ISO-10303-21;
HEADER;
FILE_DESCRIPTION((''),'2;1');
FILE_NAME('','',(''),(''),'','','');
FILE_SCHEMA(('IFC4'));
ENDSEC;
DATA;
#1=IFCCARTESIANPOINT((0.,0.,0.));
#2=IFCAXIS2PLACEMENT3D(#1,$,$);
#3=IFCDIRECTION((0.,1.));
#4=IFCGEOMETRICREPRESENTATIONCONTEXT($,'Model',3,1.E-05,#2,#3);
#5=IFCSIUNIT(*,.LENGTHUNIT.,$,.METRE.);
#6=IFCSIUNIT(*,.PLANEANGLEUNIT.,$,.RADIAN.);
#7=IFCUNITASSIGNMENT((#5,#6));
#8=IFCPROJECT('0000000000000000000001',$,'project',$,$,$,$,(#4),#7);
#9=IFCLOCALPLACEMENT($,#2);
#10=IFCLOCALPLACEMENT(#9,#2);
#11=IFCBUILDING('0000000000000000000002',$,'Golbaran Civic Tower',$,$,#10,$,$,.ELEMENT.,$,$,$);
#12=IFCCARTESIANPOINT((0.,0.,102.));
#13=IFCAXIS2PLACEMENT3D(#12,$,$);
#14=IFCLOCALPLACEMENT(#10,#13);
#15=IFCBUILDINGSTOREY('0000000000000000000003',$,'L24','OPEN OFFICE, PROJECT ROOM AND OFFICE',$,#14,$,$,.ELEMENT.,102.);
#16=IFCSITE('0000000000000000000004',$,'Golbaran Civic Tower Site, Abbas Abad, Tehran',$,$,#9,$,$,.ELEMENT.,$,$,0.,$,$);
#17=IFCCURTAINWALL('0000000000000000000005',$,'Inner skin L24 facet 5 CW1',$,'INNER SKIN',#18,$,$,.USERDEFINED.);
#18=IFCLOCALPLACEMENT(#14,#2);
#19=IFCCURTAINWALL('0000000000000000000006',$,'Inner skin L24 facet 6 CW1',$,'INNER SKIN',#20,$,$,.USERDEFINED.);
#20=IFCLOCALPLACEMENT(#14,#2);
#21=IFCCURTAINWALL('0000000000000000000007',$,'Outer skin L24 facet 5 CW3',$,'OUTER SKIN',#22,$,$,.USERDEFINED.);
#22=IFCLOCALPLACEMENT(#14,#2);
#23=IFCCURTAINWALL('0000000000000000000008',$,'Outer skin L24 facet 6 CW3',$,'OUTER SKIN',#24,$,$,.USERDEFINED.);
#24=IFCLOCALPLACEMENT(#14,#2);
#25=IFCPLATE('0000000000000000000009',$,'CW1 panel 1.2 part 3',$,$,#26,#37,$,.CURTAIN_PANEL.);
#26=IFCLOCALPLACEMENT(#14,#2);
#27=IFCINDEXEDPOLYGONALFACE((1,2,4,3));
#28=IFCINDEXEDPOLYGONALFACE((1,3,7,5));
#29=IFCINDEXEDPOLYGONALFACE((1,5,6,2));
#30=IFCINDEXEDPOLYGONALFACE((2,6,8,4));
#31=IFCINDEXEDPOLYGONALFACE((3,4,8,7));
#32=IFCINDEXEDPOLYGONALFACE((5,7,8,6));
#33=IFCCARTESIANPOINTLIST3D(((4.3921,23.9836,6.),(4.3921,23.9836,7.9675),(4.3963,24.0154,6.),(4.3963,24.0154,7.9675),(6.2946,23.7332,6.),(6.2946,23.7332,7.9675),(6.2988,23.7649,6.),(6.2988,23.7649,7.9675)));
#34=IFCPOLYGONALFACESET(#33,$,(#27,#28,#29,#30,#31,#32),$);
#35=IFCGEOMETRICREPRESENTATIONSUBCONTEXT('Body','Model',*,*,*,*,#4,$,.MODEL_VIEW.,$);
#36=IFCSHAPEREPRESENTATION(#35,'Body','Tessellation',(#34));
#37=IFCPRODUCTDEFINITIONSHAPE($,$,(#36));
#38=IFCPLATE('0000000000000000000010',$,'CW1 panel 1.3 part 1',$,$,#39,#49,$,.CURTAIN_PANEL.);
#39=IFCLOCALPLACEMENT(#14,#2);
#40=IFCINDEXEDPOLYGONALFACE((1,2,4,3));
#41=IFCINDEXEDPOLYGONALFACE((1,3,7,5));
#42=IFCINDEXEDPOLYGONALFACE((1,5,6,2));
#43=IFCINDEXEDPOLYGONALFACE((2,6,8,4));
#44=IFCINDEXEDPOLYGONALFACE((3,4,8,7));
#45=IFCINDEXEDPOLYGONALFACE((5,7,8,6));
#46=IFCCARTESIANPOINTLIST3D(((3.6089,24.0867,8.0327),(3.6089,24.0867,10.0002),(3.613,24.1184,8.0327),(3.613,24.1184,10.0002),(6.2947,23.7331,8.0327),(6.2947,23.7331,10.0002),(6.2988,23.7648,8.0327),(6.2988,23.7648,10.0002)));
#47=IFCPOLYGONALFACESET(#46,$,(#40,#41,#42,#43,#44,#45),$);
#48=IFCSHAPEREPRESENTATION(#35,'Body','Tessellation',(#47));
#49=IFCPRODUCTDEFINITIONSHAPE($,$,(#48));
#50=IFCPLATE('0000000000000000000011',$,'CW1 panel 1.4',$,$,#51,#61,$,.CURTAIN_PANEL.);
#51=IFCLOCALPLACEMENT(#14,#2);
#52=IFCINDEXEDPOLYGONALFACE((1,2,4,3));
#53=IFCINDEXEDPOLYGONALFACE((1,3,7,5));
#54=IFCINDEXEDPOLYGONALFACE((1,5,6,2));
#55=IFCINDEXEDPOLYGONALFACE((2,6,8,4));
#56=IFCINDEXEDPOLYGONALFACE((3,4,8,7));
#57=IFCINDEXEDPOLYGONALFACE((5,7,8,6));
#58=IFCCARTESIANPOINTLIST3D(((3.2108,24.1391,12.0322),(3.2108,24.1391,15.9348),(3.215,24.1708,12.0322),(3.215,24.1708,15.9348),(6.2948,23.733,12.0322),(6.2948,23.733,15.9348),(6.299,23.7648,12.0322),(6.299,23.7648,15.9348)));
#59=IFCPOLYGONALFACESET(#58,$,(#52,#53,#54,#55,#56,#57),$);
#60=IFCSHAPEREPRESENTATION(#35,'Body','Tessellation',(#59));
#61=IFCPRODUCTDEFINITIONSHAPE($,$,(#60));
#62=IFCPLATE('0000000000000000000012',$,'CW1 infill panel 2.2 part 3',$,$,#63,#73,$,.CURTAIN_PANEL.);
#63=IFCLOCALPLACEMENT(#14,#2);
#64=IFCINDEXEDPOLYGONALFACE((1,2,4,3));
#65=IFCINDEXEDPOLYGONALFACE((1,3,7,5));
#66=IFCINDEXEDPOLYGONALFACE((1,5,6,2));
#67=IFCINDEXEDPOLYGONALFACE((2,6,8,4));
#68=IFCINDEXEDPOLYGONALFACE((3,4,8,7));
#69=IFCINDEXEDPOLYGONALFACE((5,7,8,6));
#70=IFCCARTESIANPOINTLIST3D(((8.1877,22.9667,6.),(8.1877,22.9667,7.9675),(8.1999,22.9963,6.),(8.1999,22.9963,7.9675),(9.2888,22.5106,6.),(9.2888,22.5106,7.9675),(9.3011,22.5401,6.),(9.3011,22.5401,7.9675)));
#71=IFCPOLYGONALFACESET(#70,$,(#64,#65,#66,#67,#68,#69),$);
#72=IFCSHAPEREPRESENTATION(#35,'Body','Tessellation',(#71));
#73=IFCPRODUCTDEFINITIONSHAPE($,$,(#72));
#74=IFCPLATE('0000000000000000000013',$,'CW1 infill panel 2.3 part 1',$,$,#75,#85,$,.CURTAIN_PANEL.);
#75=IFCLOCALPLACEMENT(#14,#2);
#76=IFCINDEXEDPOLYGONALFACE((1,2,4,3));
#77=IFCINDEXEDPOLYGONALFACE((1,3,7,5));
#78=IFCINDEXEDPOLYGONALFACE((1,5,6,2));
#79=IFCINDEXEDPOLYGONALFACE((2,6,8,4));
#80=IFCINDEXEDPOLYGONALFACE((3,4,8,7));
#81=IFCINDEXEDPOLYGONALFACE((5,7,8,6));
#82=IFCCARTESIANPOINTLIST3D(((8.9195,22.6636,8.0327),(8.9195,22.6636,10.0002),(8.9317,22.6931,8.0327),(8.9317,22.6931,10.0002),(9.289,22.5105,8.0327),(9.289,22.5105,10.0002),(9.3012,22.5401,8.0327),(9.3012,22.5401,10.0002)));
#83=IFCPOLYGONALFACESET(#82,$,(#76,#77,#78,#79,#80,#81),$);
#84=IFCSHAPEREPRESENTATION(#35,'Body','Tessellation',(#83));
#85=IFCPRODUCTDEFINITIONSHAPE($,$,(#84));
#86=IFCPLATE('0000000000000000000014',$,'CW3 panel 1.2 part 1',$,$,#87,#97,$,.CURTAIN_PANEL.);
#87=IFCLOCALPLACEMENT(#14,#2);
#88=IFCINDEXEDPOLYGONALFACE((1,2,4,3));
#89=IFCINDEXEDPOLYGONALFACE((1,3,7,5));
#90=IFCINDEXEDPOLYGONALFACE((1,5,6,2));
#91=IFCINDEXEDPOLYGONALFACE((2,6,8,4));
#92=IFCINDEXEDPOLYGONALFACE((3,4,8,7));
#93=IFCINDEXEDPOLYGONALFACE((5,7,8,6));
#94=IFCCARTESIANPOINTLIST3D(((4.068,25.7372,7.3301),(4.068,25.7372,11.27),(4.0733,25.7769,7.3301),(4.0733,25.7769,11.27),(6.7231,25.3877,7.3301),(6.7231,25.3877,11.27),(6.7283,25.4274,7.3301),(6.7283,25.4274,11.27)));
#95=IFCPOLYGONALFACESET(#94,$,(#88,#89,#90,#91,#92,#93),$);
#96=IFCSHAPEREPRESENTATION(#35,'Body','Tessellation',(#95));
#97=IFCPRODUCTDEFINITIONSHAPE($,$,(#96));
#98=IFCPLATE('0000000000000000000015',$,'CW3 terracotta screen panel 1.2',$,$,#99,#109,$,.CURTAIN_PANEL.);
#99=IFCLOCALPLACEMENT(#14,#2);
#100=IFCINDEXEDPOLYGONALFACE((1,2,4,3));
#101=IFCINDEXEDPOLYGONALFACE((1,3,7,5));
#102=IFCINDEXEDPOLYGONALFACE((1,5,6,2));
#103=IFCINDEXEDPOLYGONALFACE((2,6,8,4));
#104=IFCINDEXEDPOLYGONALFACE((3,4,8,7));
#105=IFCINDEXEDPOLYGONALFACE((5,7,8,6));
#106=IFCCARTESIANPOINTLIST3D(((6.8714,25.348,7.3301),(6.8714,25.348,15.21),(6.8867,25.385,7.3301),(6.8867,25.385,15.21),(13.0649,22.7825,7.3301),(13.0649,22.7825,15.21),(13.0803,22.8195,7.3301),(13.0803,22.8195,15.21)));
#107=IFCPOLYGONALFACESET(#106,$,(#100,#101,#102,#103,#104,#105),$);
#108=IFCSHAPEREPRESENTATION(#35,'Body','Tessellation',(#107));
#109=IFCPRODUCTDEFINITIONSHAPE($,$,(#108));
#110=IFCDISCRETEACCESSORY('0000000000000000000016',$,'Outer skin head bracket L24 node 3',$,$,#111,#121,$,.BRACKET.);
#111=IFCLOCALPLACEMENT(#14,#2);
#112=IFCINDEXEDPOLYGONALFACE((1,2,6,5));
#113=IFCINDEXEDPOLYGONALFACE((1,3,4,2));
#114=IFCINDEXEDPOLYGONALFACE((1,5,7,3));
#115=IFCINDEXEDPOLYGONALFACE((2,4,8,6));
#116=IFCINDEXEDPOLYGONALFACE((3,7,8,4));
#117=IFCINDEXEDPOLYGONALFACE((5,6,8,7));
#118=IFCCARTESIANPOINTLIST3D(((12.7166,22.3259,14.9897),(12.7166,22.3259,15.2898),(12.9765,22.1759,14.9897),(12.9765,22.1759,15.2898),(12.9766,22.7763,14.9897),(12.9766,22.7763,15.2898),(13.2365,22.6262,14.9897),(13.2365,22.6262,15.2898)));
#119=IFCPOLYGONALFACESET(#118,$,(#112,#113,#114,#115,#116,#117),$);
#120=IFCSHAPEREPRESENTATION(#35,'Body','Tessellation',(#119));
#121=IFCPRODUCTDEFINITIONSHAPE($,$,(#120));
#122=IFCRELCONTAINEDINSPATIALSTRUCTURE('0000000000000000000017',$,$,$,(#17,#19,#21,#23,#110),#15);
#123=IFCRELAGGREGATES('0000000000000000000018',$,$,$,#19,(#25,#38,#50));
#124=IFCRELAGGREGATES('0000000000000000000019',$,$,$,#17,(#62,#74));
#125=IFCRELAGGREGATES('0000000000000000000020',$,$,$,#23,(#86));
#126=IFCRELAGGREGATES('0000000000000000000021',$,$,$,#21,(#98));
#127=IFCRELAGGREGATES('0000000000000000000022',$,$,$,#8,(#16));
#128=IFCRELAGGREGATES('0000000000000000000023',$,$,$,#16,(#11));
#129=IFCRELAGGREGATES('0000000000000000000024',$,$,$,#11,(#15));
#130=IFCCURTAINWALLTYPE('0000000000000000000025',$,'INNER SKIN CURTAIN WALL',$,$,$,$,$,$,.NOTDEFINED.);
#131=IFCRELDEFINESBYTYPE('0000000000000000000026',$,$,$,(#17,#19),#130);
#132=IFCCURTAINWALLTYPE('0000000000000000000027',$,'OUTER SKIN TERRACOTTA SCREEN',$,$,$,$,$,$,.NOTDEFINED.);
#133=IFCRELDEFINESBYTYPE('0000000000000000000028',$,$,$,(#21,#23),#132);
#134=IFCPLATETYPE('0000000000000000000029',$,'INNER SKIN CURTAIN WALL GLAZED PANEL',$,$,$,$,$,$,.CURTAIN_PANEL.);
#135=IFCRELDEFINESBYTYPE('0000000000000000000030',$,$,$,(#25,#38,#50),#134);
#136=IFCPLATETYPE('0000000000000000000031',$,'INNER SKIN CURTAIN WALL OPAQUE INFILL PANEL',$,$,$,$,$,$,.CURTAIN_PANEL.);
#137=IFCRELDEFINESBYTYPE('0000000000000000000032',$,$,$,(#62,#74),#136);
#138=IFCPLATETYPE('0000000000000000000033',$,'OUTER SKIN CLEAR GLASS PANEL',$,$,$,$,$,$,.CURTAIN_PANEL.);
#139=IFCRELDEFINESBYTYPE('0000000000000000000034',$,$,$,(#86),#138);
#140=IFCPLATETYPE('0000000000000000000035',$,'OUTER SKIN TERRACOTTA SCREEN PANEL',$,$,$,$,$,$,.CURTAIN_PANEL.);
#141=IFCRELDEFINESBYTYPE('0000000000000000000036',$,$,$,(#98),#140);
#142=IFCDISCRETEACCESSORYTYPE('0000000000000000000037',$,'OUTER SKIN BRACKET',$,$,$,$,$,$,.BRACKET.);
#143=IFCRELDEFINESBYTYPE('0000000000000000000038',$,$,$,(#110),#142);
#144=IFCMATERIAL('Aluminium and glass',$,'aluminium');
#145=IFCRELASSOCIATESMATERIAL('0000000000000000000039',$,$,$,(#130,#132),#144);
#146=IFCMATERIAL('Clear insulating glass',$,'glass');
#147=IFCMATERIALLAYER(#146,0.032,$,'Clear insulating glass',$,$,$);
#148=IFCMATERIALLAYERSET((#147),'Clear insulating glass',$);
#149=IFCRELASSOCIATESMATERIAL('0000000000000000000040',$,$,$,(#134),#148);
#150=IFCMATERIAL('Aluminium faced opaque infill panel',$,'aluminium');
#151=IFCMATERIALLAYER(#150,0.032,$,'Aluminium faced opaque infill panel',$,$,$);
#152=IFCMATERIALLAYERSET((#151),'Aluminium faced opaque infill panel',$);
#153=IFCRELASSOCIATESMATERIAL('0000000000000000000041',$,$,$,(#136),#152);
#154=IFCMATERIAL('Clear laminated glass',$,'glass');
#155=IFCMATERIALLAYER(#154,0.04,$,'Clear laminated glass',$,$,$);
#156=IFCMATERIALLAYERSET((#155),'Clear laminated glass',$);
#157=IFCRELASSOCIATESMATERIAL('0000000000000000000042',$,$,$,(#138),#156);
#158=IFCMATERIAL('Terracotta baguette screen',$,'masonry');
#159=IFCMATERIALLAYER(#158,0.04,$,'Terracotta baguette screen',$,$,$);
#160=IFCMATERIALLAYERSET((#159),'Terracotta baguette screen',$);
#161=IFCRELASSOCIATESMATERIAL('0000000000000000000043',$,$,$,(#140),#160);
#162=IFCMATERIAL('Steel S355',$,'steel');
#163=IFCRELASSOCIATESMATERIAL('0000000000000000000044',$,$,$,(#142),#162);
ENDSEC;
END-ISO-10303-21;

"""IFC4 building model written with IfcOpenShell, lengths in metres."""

from ifc_helpers import new_model, si_unit, direction, frame, origin, origin_2d, place, context, subcontext, project, spatial, rectangle, extrude, material, layer, layer_set, type_object, element, aggregate, save


model = new_model("IFC4")

# Units and contexts
model_context = context("Model", 3, precision=1e-05, world=origin(), true_north=direction((0.0, 1.0)))
body_context = subcontext(model_context, "Body", "Model", "MODEL_VIEW")
ifc_project = project(units=[si_unit("LENGTHUNIT", "METRE"), si_unit("PLANEANGLEUNIT", "RADIAN")], contexts=[model_context])

# Site, building, storey
site_placement = place(None, origin())
site = spatial("IfcSite", under=ifc_project, at=site_placement, Name="Golbaran Civic Tower Site, Abbas Abad, Tehran", CompositionType="ELEMENT", RefElevation=0.0)
building_placement = place(site_placement, origin())
building = spatial("IfcBuilding", under=site, at=building_placement, Name="Golbaran Civic Tower", CompositionType="ELEMENT")
storey_placement = place(building_placement, frame((0.0, 0.0, 102.0)))
storey = spatial("IfcBuildingStorey", under=building, at=storey_placement, Name="L24", Description="OPEN OFFICE, PROJECT ROOM AND OFFICE", CompositionType="ELEMENT", Elevation=102.0)

# Curtain walls
ifc_material_1 = material(Name="Aluminium and glass", Category="aluminium")
curtain_wall_type_1 = type_object("IfcCurtainWallType", Name="INNER SKIN CURTAIN WALL", PredefinedType="NOTDEFINED", material=ifc_material_1)
curtain_wall_1_placement = place(storey_placement, origin())
curtain_wall_1 = element("IfcCurtainWall", 1, at=curtain_wall_1_placement, inside=storey, type_object=curtain_wall_type_1, Name="Inner skin L24 facet 5 CW1", ObjectType="INNER SKIN", PredefinedType="USERDEFINED")
curtain_wall_2_placement = place(storey_placement, origin())
curtain_wall_2 = element("IfcCurtainWall", 2, at=curtain_wall_2_placement, inside=storey, type_object=curtain_wall_type_1, Name="Inner skin L24 facet 6 CW1", ObjectType="INNER SKIN", PredefinedType="USERDEFINED")
curtain_wall_type_2 = type_object("IfcCurtainWallType", Name="OUTER SKIN TERRACOTTA SCREEN", PredefinedType="NOTDEFINED", material=ifc_material_1)
curtain_wall_3_placement = place(storey_placement, origin())
curtain_wall_3 = element("IfcCurtainWall", 3, at=curtain_wall_3_placement, inside=storey, type_object=curtain_wall_type_2, Name="Outer skin L24 facet 5 CW3", ObjectType="OUTER SKIN", PredefinedType="USERDEFINED")
curtain_wall_4_placement = place(storey_placement, origin())
curtain_wall_4 = element("IfcCurtainWall", 4, at=curtain_wall_4_placement, inside=storey, type_object=curtain_wall_type_2, Name="Outer skin L24 facet 6 CW3", ObjectType="OUTER SKIN", PredefinedType="USERDEFINED")

# Plates
ifc_material_2 = material(Name="Clear insulating glass", Category="glass")
ifc_layer_1 = layer(ifc_material_2, 0.032, Name="Clear insulating glass")
ifc_layer_set_1 = layer_set([ifc_layer_1], Name="Clear insulating glass")
plate_type_1 = type_object("IfcPlateType", Name="INNER SKIN CURTAIN WALL GLAZED PANEL", PredefinedType="CURTAIN_PANEL", material=ifc_layer_set_1)
plate_1_placement = place(storey_placement, frame((5.3455, 23.8743, 6.0), z_axis=(0.0, 0.0, 1.0), x_axis=(-0.991445, 0.130526, 0.0)))
plate_1 = element("IfcPlate", 5, at=plate_1_placement, type_object=plate_type_1, Name="CW1 panel 1.2 part 3", PredefinedType="CURTAIN_PANEL", context=body_context, shape_type="SweptSolid", body=[
    extrude(rectangle(XDim=1.9189, YDim=0.032, at=origin_2d()), origin(), (0.0, 0.0, 1.0), 1.9675),
])
plate_2_placement = place(storey_placement, frame((4.9539, 23.9258, 8.0327), z_axis=(0.0, 0.0, 1.0), x_axis=(-0.991445, 0.130526, 0.0)))
plate_2 = element("IfcPlate", 6, at=plate_2_placement, type_object=plate_type_1, Name="CW1 panel 1.3 part 1", PredefinedType="CURTAIN_PANEL", context=body_context, shape_type="SweptSolid", body=[
    extrude(rectangle(XDim=2.709, YDim=0.032, at=origin_2d()), origin(), (0.0, 0.0, 1.0), 1.9675),
])
plate_3_placement = place(storey_placement, frame((4.7549, 23.9519, 12.0322), z_axis=(0.0, 0.0, 1.0), x_axis=(-0.991445, 0.130526, 0.0)))
plate_3 = element("IfcPlate", 7, at=plate_3_placement, type_object=plate_type_1, Name="CW1 panel 1.4", PredefinedType="CURTAIN_PANEL", context=body_context, shape_type="SweptSolid", body=[
    extrude(rectangle(XDim=3.1106, YDim=0.032, at=origin_2d()), origin(), (0.0, 0.0, 1.0), 3.9026),
])
aggregate(curtain_wall_2, [plate_1, plate_2, plate_3])
ifc_material_3 = material(Name="Aluminium faced opaque infill panel", Category="aluminium")
ifc_layer_2 = layer(ifc_material_3, 0.032, Name="Aluminium faced opaque infill panel")
ifc_layer_set_2 = layer_set([ifc_layer_2], Name="Aluminium faced opaque infill panel")
plate_type_2 = type_object("IfcPlateType", Name="INNER SKIN CURTAIN WALL OPAQUE INFILL PANEL", PredefinedType="CURTAIN_PANEL", material=ifc_layer_set_2)
plate_4_placement = place(storey_placement, frame((8.7444, 22.7534, 6.0), z_axis=(0.0, 0.0, 1.0), x_axis=(-0.92388, 0.382683, 0.0)))
plate_4 = element("IfcPlate", 8, at=plate_4_placement, type_object=plate_type_2, Name="CW1 infill panel 2.2 part 3", PredefinedType="CURTAIN_PANEL", context=body_context, shape_type="SweptSolid", body=[
    extrude(rectangle(XDim=1.1919, YDim=0.032, at=origin_2d()), origin(), (0.0, 0.0, 1.0), 1.9675),
])
plate_5_placement = place(storey_placement, frame((9.1104, 22.6018, 8.0327), z_axis=(0.0, 0.0, 1.0), x_axis=(-0.92388, 0.382683, 0.0)))
plate_5 = element("IfcPlate", 9, at=plate_5_placement, type_object=plate_type_2, Name="CW1 infill panel 2.3 part 1", PredefinedType="CURTAIN_PANEL", context=body_context, shape_type="SweptSolid", body=[
    extrude(rectangle(XDim=0.3999, YDim=0.032, at=origin_2d()), origin(), (0.0, 0.0, 1.0), 1.9675),
])
aggregate(curtain_wall_1, [plate_4, plate_5])
ifc_material_4 = material(Name="Clear laminated glass", Category="glass")
ifc_layer_3 = layer(ifc_material_4, 0.04, Name="Clear laminated glass")
ifc_layer_set_3 = layer_set([ifc_layer_3], Name="Clear laminated glass")
plate_type_3 = type_object("IfcPlateType", Name="OUTER SKIN CLEAR GLASS PANEL", PredefinedType="CURTAIN_PANEL", material=ifc_layer_set_3)
plate_6_placement = place(storey_placement, frame((5.3982, 25.5823, 7.3301), z_axis=(0.0, 0.0, 1.0), x_axis=(-0.991445, 0.130526, 0.0)))
plate_6 = element("IfcPlate", 10, at=plate_6_placement, type_object=plate_type_3, Name="CW3 panel 1.2 part 1", PredefinedType="CURTAIN_PANEL", context=body_context, shape_type="SweptSolid", body=[
    extrude(rectangle(XDim=2.678, YDim=0.04, at=origin_2d()), origin(), (0.0, 0.0, 1.0), 3.9399),
])
aggregate(curtain_wall_4, [plate_6])
ifc_material_5 = material(Name="Terracotta baguette screen", Category="masonry")
ifc_layer_4 = layer(ifc_material_5, 0.04, Name="Terracotta baguette screen")
ifc_layer_set_4 = layer_set([ifc_layer_4], Name="Terracotta baguette screen")
plate_type_4 = type_object("IfcPlateType", Name="OUTER SKIN TERRACOTTA SCREEN PANEL", PredefinedType="CURTAIN_PANEL", material=ifc_layer_set_4)
plate_7_placement = place(storey_placement, frame((9.9758, 24.0837, 7.3301), z_axis=(0.0, 0.0, 1.0), x_axis=(-0.92388, 0.382683, 0.0)))
plate_7 = element("IfcPlate", 11, at=plate_7_placement, type_object=plate_type_4, Name="CW3 terracotta screen panel 1.2", PredefinedType="CURTAIN_PANEL", context=body_context, shape_type="SweptSolid", body=[
    extrude(rectangle(XDim=6.7039, YDim=0.04, at=origin_2d()), origin(), (0.0, 0.0, 1.0), 7.8799),
])
aggregate(curtain_wall_3, [plate_7])

# Discrete accessory
ifc_material_6 = material(Name="Steel S355", Category="steel")
discrete_accessory_type = type_object("IfcDiscreteAccessoryType", Name="OUTER SKIN BRACKET", PredefinedType="BRACKET", material=ifc_material_6)
discrete_accessory_placement = place(storey_placement, frame((12.9766, 22.4761, 14.9897), z_axis=(0.0, 0.0, 1.0), x_axis=(0.5, 0.866025, 0.0)))
element("IfcDiscreteAccessory", 12, at=discrete_accessory_placement, inside=storey, type_object=discrete_accessory_type, Name="Outer skin head bracket L24 node 3", PredefinedType="BRACKET", context=body_context, shape_type="SweptSolid", body=[
    extrude(rectangle(XDim=0.52, YDim=0.3, at=origin_2d()), origin(), (0.0, 0.0, 1.0), 0.3),
])

save(model, "model.ifc")
